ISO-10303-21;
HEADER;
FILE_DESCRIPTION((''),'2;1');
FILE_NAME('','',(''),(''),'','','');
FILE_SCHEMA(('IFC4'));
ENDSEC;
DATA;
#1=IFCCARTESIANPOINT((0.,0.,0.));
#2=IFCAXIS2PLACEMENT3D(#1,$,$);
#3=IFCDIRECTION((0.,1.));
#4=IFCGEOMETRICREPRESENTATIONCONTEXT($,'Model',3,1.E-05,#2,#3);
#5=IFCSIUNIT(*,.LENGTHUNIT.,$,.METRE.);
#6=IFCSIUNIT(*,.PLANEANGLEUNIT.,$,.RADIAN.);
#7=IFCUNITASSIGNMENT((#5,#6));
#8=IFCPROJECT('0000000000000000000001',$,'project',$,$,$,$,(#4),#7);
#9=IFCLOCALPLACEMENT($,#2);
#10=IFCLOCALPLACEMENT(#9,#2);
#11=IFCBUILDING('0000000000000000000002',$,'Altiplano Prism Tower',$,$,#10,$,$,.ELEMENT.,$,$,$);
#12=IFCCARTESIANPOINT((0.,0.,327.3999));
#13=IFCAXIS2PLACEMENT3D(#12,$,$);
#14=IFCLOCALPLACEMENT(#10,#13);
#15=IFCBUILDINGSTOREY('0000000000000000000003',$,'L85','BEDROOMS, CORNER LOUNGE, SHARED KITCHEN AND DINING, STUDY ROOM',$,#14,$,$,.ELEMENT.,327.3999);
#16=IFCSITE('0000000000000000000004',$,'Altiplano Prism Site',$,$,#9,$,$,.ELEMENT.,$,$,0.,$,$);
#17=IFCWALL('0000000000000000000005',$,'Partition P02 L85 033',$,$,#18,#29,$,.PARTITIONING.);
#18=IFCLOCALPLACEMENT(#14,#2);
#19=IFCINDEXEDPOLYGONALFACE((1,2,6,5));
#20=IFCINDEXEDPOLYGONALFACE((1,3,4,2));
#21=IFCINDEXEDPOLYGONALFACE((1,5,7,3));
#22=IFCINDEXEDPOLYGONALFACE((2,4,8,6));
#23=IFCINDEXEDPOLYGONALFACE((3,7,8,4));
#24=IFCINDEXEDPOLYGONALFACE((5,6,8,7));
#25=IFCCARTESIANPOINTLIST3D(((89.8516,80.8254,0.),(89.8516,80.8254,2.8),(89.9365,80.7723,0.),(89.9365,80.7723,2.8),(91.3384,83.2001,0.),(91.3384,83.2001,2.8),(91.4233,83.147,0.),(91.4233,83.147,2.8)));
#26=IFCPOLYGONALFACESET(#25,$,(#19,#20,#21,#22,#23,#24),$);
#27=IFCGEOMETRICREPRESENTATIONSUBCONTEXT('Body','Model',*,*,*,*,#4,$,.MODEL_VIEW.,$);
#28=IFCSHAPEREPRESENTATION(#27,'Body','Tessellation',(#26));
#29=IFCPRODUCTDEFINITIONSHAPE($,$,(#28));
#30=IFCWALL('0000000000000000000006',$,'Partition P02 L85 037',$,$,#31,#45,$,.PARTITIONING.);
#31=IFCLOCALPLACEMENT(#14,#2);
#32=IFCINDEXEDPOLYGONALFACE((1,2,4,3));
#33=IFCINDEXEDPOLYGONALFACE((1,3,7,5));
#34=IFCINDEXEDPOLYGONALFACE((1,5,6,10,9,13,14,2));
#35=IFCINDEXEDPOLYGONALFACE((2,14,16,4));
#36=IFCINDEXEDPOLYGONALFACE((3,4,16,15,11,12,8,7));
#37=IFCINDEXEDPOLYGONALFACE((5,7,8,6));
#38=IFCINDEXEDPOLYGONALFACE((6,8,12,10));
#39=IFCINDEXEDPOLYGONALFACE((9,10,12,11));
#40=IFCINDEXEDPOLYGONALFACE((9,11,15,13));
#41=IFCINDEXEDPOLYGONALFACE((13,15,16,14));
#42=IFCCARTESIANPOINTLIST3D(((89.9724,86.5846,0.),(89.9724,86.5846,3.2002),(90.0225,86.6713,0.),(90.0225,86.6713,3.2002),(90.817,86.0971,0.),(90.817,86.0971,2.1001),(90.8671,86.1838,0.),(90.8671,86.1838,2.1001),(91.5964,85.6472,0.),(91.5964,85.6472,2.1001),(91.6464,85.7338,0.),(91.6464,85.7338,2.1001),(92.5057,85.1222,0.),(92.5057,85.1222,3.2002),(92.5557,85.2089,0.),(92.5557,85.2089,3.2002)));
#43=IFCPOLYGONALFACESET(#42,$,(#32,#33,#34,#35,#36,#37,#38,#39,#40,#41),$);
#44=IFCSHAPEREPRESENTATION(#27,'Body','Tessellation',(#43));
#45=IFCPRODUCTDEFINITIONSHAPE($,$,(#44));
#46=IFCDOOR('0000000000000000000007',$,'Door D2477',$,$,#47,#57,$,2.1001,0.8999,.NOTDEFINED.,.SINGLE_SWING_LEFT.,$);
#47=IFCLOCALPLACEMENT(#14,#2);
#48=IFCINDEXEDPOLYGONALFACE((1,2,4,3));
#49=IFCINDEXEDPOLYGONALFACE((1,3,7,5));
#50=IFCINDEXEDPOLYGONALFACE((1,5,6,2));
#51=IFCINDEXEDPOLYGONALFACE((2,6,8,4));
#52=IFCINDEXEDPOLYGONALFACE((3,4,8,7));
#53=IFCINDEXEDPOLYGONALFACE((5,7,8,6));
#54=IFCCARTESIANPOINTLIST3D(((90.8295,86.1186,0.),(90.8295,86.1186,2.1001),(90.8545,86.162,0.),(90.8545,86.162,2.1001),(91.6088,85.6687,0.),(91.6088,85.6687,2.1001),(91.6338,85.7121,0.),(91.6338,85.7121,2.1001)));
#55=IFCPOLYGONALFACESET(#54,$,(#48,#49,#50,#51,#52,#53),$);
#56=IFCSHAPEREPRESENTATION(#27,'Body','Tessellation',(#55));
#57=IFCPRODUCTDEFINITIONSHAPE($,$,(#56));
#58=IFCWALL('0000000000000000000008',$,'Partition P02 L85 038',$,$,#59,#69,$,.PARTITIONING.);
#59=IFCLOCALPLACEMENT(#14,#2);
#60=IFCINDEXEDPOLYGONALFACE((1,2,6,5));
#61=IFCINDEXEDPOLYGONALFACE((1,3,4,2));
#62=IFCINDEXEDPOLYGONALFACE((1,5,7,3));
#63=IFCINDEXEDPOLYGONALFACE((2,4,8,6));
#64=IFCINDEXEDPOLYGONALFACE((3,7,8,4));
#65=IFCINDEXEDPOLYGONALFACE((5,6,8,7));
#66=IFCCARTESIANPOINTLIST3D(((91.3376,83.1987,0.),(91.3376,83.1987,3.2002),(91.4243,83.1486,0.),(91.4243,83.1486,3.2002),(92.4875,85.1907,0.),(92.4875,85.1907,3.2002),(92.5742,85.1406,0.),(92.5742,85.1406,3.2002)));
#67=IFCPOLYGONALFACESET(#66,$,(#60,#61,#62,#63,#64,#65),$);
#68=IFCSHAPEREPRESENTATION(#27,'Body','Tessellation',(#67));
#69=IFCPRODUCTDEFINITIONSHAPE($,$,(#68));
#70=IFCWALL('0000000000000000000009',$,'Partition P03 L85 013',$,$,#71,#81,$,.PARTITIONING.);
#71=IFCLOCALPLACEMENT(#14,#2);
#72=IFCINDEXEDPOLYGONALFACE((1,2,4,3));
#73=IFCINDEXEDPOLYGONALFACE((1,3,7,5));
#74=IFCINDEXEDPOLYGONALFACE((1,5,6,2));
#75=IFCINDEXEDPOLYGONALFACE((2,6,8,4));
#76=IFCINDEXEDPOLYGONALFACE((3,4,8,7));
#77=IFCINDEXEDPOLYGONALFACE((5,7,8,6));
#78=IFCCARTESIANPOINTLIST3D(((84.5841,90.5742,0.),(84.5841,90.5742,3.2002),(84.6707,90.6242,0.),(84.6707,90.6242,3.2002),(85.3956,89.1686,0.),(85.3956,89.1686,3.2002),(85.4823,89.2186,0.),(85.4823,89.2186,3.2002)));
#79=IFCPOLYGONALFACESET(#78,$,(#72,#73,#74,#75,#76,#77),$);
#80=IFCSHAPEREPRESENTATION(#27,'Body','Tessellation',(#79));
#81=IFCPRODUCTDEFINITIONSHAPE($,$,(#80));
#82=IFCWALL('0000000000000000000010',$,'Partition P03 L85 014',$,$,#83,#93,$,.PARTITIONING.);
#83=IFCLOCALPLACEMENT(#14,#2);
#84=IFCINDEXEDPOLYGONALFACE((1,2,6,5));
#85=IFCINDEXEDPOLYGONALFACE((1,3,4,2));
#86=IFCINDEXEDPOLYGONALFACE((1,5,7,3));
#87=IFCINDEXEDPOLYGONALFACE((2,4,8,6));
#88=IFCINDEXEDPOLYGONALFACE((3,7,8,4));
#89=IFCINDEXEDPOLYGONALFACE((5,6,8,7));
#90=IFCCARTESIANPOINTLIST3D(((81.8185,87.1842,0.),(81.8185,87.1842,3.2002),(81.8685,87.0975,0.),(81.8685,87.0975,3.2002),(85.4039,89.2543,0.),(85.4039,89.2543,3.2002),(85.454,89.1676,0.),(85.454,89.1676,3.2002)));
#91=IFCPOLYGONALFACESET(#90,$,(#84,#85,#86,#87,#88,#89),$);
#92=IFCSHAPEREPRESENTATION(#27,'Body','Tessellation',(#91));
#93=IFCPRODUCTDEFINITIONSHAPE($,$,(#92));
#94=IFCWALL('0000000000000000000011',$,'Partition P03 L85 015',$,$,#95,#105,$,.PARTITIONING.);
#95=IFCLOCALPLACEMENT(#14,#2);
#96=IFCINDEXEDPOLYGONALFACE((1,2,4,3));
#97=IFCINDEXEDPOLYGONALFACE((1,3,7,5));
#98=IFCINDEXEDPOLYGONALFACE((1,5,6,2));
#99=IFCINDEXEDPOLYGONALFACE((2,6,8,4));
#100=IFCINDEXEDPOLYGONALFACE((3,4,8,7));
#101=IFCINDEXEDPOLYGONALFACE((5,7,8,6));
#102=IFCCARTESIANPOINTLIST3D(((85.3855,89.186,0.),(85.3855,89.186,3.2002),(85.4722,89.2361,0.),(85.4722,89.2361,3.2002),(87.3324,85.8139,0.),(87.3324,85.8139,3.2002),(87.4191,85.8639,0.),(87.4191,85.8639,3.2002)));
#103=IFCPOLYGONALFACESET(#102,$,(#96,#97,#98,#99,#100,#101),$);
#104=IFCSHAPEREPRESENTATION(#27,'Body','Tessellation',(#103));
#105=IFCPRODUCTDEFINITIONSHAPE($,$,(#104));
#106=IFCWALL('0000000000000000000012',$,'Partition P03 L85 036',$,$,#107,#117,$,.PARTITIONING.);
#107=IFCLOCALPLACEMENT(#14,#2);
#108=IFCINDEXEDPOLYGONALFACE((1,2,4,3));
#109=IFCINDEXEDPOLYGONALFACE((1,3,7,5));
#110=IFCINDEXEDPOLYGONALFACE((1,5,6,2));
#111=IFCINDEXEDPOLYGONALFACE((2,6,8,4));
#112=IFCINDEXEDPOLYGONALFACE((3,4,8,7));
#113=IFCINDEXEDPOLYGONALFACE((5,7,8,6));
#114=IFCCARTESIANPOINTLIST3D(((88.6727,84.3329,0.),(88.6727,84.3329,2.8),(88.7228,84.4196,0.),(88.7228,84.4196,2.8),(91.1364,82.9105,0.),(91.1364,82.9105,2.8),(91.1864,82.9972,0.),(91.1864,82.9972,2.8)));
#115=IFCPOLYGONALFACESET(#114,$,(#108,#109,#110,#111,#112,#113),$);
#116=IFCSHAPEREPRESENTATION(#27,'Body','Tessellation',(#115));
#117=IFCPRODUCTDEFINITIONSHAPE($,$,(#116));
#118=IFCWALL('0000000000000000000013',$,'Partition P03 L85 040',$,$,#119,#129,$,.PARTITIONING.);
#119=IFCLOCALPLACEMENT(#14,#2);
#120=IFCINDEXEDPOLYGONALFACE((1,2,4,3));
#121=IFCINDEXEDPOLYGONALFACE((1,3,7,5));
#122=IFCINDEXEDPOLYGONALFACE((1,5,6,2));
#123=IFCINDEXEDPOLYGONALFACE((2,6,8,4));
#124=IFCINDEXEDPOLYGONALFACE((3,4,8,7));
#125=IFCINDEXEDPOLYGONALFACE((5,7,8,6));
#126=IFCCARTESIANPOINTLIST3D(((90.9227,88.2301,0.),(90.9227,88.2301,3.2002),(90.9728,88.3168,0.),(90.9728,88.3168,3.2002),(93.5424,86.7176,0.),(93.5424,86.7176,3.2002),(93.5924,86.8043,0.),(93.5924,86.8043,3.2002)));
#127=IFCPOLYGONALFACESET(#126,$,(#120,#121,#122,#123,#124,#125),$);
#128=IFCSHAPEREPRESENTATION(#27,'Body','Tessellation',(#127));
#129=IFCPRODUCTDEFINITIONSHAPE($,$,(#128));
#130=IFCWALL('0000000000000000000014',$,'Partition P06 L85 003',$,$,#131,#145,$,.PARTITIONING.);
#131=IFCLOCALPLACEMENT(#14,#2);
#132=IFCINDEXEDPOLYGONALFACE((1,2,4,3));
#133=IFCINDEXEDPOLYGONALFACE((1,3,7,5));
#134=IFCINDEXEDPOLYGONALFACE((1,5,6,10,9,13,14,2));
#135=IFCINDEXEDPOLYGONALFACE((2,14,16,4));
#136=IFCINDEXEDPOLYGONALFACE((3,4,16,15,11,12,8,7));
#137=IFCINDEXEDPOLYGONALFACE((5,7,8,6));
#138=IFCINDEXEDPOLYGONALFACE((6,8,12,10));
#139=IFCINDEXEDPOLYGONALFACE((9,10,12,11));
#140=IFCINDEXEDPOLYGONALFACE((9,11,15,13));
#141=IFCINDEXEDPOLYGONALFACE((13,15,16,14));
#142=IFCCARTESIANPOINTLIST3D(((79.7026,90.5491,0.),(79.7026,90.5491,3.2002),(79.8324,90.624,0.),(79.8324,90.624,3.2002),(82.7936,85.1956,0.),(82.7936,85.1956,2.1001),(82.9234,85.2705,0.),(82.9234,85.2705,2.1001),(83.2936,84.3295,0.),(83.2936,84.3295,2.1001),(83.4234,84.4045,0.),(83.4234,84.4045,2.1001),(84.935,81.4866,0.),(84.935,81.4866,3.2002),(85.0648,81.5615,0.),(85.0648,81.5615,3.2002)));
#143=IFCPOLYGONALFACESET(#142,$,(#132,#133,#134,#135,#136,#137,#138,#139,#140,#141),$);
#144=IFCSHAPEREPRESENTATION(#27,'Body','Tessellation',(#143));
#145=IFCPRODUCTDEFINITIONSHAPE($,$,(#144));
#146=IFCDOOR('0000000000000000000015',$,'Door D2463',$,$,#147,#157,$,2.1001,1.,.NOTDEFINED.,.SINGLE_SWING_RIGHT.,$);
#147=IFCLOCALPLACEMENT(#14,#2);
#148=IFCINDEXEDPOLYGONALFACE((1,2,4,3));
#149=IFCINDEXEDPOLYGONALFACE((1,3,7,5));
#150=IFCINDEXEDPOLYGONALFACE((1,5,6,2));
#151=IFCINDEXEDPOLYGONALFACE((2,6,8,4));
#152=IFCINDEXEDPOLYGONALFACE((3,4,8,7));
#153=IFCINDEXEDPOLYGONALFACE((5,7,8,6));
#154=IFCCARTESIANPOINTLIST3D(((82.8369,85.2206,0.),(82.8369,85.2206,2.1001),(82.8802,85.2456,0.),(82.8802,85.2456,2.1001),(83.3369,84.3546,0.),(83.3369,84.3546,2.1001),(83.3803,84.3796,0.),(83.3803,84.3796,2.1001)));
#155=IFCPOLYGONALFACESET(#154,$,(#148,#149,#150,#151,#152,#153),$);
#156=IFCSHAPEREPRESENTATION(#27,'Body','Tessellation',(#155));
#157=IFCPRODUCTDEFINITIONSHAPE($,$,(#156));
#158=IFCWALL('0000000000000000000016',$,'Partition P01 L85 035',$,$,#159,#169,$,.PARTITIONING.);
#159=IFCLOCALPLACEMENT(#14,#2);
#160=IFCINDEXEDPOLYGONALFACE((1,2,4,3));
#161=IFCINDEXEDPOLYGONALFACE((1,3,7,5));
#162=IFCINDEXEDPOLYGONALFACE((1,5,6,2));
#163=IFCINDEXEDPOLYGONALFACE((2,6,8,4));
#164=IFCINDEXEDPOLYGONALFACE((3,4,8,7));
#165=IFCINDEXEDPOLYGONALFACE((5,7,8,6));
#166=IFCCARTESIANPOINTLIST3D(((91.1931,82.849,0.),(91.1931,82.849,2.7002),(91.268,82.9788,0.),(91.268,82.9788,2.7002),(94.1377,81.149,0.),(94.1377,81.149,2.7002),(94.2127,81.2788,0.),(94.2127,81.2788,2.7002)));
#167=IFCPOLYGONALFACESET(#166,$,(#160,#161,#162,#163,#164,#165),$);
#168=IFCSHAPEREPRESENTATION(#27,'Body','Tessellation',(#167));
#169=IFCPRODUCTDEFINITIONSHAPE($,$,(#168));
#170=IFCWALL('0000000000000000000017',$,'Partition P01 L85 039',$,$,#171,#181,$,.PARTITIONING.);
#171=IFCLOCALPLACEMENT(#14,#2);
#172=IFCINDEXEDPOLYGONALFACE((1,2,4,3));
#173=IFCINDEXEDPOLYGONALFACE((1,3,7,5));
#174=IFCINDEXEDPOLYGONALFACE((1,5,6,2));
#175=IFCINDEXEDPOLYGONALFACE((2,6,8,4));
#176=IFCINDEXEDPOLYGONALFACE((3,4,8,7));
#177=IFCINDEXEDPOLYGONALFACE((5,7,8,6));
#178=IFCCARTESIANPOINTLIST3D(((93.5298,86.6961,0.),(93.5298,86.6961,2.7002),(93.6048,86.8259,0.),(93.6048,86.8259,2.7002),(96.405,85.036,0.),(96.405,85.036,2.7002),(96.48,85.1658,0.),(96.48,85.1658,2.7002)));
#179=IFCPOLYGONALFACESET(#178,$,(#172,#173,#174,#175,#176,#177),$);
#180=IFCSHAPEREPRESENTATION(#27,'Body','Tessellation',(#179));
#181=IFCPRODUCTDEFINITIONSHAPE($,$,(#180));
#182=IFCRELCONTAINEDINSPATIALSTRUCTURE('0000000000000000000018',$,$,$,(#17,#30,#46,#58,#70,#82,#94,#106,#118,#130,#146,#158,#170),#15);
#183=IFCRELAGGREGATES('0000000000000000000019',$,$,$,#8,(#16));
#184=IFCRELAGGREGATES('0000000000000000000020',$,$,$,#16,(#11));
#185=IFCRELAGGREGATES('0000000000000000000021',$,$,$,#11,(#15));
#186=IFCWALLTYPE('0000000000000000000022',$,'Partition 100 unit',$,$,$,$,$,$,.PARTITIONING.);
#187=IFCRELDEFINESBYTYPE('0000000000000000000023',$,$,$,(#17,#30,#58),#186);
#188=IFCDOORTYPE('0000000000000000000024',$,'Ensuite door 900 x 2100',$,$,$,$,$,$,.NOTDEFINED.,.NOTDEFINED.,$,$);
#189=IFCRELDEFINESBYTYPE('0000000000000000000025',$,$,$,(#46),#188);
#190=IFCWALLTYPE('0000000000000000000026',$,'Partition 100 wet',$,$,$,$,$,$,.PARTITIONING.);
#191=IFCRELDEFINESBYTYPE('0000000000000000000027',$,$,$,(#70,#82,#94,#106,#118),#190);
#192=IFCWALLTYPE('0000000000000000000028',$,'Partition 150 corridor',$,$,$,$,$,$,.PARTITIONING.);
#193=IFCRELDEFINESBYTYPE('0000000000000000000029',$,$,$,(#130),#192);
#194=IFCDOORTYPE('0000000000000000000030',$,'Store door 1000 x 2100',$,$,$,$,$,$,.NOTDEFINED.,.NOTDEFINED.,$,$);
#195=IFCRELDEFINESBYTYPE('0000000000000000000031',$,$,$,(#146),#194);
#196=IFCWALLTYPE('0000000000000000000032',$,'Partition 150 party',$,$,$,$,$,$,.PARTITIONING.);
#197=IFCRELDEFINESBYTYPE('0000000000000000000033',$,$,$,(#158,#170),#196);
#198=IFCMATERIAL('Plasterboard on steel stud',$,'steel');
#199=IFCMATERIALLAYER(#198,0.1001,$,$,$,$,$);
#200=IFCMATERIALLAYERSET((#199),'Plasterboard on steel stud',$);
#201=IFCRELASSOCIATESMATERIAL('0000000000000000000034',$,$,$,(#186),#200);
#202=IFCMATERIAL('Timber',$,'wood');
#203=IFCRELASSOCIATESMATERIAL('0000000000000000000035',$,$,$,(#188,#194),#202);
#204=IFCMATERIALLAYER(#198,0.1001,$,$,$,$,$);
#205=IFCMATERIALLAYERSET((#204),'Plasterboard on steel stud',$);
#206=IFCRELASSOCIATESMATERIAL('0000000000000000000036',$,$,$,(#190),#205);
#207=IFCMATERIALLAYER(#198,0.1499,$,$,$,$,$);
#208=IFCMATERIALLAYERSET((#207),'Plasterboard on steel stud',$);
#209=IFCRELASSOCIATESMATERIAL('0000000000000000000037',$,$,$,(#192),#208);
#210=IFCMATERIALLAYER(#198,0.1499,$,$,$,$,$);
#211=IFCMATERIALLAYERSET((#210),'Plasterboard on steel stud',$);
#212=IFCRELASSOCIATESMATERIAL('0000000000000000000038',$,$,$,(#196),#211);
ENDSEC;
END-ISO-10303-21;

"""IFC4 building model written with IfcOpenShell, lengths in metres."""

from ifc_helpers import new_model, si_unit, direction, frame, frame_2d, origin, place, context, subcontext, project, spatial, rectangle, extrude, material, layer, layer_set, type_object, element, fill, save


model = new_model("IFC4")

# Units and contexts
model_context = context("Model", 3, precision=1e-05, world=origin(), true_north=direction((0.0, 1.0)))
body_context = subcontext(model_context, "Body", "Model", "MODEL_VIEW")
ifc_project = project(units=[si_unit("LENGTHUNIT", "METRE"), si_unit("PLANEANGLEUNIT", "RADIAN")], contexts=[model_context])

# Site, building, storey
site_placement = place(None, origin())
site = spatial("IfcSite", under=ifc_project, at=site_placement, Name="Altiplano Prism Site", CompositionType="ELEMENT", RefElevation=0.0)
building_placement = place(site_placement, origin())
building = spatial("IfcBuilding", under=site, at=building_placement, Name="Altiplano Prism Tower", CompositionType="ELEMENT")
storey_placement = place(building_placement, frame((0.0, 0.0, 327.3999)))
storey = spatial("IfcBuildingStorey", under=building, at=storey_placement, Name="L85", Description="BEDROOMS, CORNER LOUNGE, SHARED KITCHEN AND DINING, STUDY ROOM", CompositionType="ELEMENT", Elevation=327.3999)

# Wall
ifc_material_1 = material(Name="Plasterboard on steel stud", Category="steel")
ifc_layer_1 = layer(ifc_material_1, 0.1001)
ifc_layer_set_1 = layer_set([ifc_layer_1], Name="Plasterboard on steel stud")
wall_type_1 = type_object("IfcWallType", Name="Partition 100 unit", PredefinedType="PARTITIONING", material=ifc_layer_set_1)
wall_1_placement = place(storey_placement, frame((91.3809, 83.1736, 0.0), z_axis=(0.0, 0.0, 1.0), x_axis=(-0.530665, -0.847582, 0.0)))
element("IfcWall", 1, at=wall_1_placement, inside=storey, type_object=wall_type_1, Name="Partition P02 L85 033", PredefinedType="PARTITIONING", context=body_context, shape_type="SweptSolid", body=[
    extrude(rectangle(XDim=2.8018, YDim=0.1001, at=frame_2d((1.4009, 0.0))), origin(), (0.0, 0.0, 1.0), 2.8),
])

# Wall, opening, door
wall_2_placement = place(storey_placement, frame((89.9976, 86.6279, 0.0), z_axis=(0.0, 0.0, 1.0), x_axis=(0.866047, -0.499963, 0.0)))
wall_2 = element("IfcWall", 2, at=wall_2_placement, inside=storey, type_object=wall_type_1, Name="Partition P02 L85 037", PredefinedType="PARTITIONING", context=body_context, shape_type="SweptSolid", body=[
    extrude(rectangle(XDim=2.925, YDim=0.1001, at=frame_2d((1.4624, 0.0))), origin(), (0.0, 0.0, 1.0), 3.2002),
])
opening_1_placement = place(wall_2_placement, frame((0.9751, 0.0, 0.0)))
opening_1 = element("IfcOpeningElement", 3, at=opening_1_placement, cuts=wall_2, PredefinedType="OPENING", context=body_context, shape_type="SweptSolid", body=[
    extrude(rectangle(XDim=0.8999, YDim=2.1001, at=frame_2d((0.45, 1.05))), frame((0.0, 0.0605, 0.0), z_axis=(0.0, -1.0, 0.0), x_axis=(1.0, 0.0, 0.0)), (0.0, 0.0, 1.0), 0.1211),
])
ifc_material_2 = material(Name="Timber", Category="wood")
door_type_1 = type_object("IfcDoorType", Name="Ensuite door 900 x 2100", OperationType="NOTDEFINED", PredefinedType="NOTDEFINED", material=ifc_material_2)
door_1_placement = place(opening_1_placement, origin())
door_1 = element("IfcDoor", 4, at=door_1_placement, inside=storey, type_object=door_type_1, Name="Door D2477", OperationType="SINGLE_SWING_LEFT", OverallHeight=2.1001, OverallWidth=0.8999, PredefinedType="NOTDEFINED", context=body_context, shape_type="SweptSolid", body=[
    extrude(rectangle(XDim=0.8999, YDim=2.1001, at=frame_2d((0.45, 1.05))), frame((0.0, 0.0249, 0.0), z_axis=(0.0, -1.0, 0.0), x_axis=(1.0, 0.0, 0.0)), (0.0, 0.0, 1.0), 0.05),
])
fill(opening_1, door_1)

# Walls
wall_3_placement = place(storey_placement, frame((92.5308, 85.1655, 0.0), z_axis=(0.0, 0.0, 1.0), x_axis=(-0.499952, -0.866053, 0.0)))
element("IfcWall", 5, at=wall_3_placement, inside=storey, type_object=wall_type_1, Name="Partition P02 L85 038", PredefinedType="PARTITIONING", context=body_context, shape_type="SweptSolid", body=[
    extrude(rectangle(XDim=2.3, YDim=0.1001, at=frame_2d((1.1499, 0.0))), origin(), (0.0, 0.0, 1.0), 3.2002),
])
ifc_layer_2 = layer(ifc_material_1, 0.1001)
ifc_layer_set_2 = layer_set([ifc_layer_2], Name="Plasterboard on steel stud")
wall_type_2 = type_object("IfcWallType", Name="Partition 100 wet", PredefinedType="PARTITIONING", material=ifc_layer_set_2)
wall_4_placement = place(storey_placement, frame((85.439, 89.1936, 0.0), z_axis=(0.0, 0.0, 1.0), x_axis=(-0.500022, 0.866013, 0.0)))
element("IfcWall", 6, at=wall_4_placement, inside=storey, type_object=wall_type_2, Name="Partition P03 L85 013", PredefinedType="PARTITIONING", context=body_context, shape_type="SweptSolid", body=[
    extrude(rectangle(XDim=1.623, YDim=0.1001, at=frame_2d((0.8115, 0.0))), origin(), (0.0, 0.0, 1.0), 3.2002),
])
wall_5_placement = place(storey_placement, frame((81.8435, 87.1409, 0.0), z_axis=(0.0, 0.0, 1.0), x_axis=(0.866025, 0.500002, 0.0)))
element("IfcWall", 7, at=wall_5_placement, inside=storey, type_object=wall_type_2, Name="Partition P03 L85 014", PredefinedType="PARTITIONING", context=body_context, shape_type="SweptSolid", body=[
    extrude(rectangle(XDim=4.1401, YDim=0.1001, at=frame_2d((2.0701, 0.0))), origin(), (0.0, 0.0, 1.0), 3.2002),
])
wall_6_placement = place(storey_placement, frame((85.429, 89.2109, 0.0), z_axis=(0.0, 0.0, 1.0), x_axis=(0.499983, -0.866035, 0.0)))
element("IfcWall", 8, at=wall_6_placement, inside=storey, type_object=wall_type_2, Name="Partition P03 L85 015", PredefinedType="PARTITIONING", context=body_context, shape_type="SweptSolid", body=[
    extrude(rectangle(XDim=3.8938, YDim=0.1001, at=frame_2d((1.9468, 0.0))), origin(), (0.0, 0.0, 1.0), 3.2002),
])
wall_7_placement = place(storey_placement, frame((91.1614, 82.9539, 0.0), z_axis=(0.0, 0.0, 1.0), x_axis=(-0.866027, 0.499997, 0.0)))
element("IfcWall", 9, at=wall_7_placement, inside=storey, type_object=wall_type_2, Name="Partition P03 L85 036", PredefinedType="PARTITIONING", context=body_context, shape_type="SweptSolid", body=[
    extrude(rectangle(XDim=2.8447, YDim=0.1001, at=frame_2d((1.4224, 0.0))), origin(), (0.0, 0.0, 1.0), 2.8),
])
wall_8_placement = place(storey_placement, frame((93.5674, 86.761, 0.0), z_axis=(0.0, 0.0, 1.0), x_axis=(-0.866024, 0.500002, 0.0)))
element("IfcWall", 10, at=wall_8_placement, inside=storey, type_object=wall_type_2, Name="Partition P03 L85 040", PredefinedType="PARTITIONING", context=body_context, shape_type="SweptSolid", body=[
    extrude(rectangle(XDim=3.0249, YDim=0.1001, at=frame_2d((1.5125, 0.0))), origin(), (0.0, 0.0, 1.0), 3.2002),
])

# Wall, opening, door
ifc_layer_3 = layer(ifc_material_1, 0.1499)
ifc_layer_set_3 = layer_set([ifc_layer_3], Name="Plasterboard on steel stud")
wall_type_3 = type_object("IfcWallType", Name="Partition 150 corridor", PredefinedType="PARTITIONING", material=ifc_layer_set_3)
wall_9_placement = place(storey_placement, frame((85.0, 81.5239, 0.0), z_axis=(0.0, 0.0, 1.0), x_axis=(-0.500013, 0.866018, 0.0)))
wall_9 = element("IfcWall", 11, at=wall_9_placement, inside=storey, type_object=wall_type_3, Name="Partition P06 L85 003", PredefinedType="PARTITIONING", context=body_context, shape_type="SweptSolid", body=[
    extrude(rectangle(XDim=10.4646, YDim=0.1499, at=frame_2d((5.2324, 0.0))), origin(), (0.0, 0.0, 1.0), 3.2002),
])
opening_2_placement = place(wall_9_placement, frame((3.283, 0.0, 0.0)))
opening_2 = element("IfcOpeningElement", 12, at=opening_2_placement, cuts=wall_9, PredefinedType="OPENING", context=body_context, shape_type="SweptSolid", body=[
    extrude(rectangle(XDim=1.0, YDim=2.1001, at=frame_2d((0.5, 1.05))), frame((0.0, 0.0854, 0.0), z_axis=(0.0, -1.0, 0.0), x_axis=(1.0, 0.0, 0.0)), (0.0, 0.0, 1.0), 0.1709),
])
door_type_2 = type_object("IfcDoorType", Name="Store door 1000 x 2100", OperationType="NOTDEFINED", PredefinedType="NOTDEFINED", material=ifc_material_2)
door_2_placement = place(opening_2_placement, origin())
door_2 = element("IfcDoor", 13, at=door_2_placement, inside=storey, type_object=door_type_2, Name="Door D2463", OperationType="SINGLE_SWING_RIGHT", OverallHeight=2.1001, OverallWidth=1.0, PredefinedType="NOTDEFINED", context=body_context, shape_type="SweptSolid", body=[
    extrude(rectangle(XDim=1.0, YDim=2.1001, at=frame_2d((0.5, 1.05))), frame((0.0, 0.0249, 0.0), z_axis=(0.0, -1.0, 0.0), x_axis=(1.0, 0.0, 0.0)), (0.0, 0.0, 1.0), 0.05),
])
fill(opening_2, door_2)

# Walls
ifc_layer_4 = layer(ifc_material_1, 0.1499)
ifc_layer_set_4 = layer_set([ifc_layer_4], Name="Plasterboard on steel stud")
wall_type_4 = type_object("IfcWallType", Name="Partition 150 party", PredefinedType="PARTITIONING", material=ifc_layer_set_4)
wall_10_placement = place(storey_placement, frame((94.1753, 81.2139, 0.0), z_axis=(0.0, 0.0, 1.0), x_axis=(-0.866039, 0.499977, 0.0)))
element("IfcWall", 14, at=wall_10_placement, inside=storey, type_object=wall_type_4, Name="Partition P01 L85 035", PredefinedType="PARTITIONING", context=body_context, shape_type="SweptSolid", body=[
    extrude(rectangle(XDim=3.4001, YDim=0.1499, at=frame_2d((1.7002, 0.0))), origin(), (0.0, 0.0, 1.0), 2.7002),
])
wall_11_placement = place(storey_placement, frame((96.4426, 85.1008, 0.0), z_axis=(0.0, 0.0, 1.0), x_axis=(-0.866008, 0.50003, 0.0)))
element("IfcWall", 15, at=wall_11_placement, inside=storey, type_object=wall_type_4, Name="Partition P01 L85 039", PredefinedType="PARTITIONING", context=body_context, shape_type="SweptSolid", body=[
    extrude(rectangle(XDim=3.3201, YDim=0.1499, at=frame_2d((1.6602, 0.0))), origin(), (0.0, 0.0, 1.0), 2.7002),
])

save(model, "model.ifc")
